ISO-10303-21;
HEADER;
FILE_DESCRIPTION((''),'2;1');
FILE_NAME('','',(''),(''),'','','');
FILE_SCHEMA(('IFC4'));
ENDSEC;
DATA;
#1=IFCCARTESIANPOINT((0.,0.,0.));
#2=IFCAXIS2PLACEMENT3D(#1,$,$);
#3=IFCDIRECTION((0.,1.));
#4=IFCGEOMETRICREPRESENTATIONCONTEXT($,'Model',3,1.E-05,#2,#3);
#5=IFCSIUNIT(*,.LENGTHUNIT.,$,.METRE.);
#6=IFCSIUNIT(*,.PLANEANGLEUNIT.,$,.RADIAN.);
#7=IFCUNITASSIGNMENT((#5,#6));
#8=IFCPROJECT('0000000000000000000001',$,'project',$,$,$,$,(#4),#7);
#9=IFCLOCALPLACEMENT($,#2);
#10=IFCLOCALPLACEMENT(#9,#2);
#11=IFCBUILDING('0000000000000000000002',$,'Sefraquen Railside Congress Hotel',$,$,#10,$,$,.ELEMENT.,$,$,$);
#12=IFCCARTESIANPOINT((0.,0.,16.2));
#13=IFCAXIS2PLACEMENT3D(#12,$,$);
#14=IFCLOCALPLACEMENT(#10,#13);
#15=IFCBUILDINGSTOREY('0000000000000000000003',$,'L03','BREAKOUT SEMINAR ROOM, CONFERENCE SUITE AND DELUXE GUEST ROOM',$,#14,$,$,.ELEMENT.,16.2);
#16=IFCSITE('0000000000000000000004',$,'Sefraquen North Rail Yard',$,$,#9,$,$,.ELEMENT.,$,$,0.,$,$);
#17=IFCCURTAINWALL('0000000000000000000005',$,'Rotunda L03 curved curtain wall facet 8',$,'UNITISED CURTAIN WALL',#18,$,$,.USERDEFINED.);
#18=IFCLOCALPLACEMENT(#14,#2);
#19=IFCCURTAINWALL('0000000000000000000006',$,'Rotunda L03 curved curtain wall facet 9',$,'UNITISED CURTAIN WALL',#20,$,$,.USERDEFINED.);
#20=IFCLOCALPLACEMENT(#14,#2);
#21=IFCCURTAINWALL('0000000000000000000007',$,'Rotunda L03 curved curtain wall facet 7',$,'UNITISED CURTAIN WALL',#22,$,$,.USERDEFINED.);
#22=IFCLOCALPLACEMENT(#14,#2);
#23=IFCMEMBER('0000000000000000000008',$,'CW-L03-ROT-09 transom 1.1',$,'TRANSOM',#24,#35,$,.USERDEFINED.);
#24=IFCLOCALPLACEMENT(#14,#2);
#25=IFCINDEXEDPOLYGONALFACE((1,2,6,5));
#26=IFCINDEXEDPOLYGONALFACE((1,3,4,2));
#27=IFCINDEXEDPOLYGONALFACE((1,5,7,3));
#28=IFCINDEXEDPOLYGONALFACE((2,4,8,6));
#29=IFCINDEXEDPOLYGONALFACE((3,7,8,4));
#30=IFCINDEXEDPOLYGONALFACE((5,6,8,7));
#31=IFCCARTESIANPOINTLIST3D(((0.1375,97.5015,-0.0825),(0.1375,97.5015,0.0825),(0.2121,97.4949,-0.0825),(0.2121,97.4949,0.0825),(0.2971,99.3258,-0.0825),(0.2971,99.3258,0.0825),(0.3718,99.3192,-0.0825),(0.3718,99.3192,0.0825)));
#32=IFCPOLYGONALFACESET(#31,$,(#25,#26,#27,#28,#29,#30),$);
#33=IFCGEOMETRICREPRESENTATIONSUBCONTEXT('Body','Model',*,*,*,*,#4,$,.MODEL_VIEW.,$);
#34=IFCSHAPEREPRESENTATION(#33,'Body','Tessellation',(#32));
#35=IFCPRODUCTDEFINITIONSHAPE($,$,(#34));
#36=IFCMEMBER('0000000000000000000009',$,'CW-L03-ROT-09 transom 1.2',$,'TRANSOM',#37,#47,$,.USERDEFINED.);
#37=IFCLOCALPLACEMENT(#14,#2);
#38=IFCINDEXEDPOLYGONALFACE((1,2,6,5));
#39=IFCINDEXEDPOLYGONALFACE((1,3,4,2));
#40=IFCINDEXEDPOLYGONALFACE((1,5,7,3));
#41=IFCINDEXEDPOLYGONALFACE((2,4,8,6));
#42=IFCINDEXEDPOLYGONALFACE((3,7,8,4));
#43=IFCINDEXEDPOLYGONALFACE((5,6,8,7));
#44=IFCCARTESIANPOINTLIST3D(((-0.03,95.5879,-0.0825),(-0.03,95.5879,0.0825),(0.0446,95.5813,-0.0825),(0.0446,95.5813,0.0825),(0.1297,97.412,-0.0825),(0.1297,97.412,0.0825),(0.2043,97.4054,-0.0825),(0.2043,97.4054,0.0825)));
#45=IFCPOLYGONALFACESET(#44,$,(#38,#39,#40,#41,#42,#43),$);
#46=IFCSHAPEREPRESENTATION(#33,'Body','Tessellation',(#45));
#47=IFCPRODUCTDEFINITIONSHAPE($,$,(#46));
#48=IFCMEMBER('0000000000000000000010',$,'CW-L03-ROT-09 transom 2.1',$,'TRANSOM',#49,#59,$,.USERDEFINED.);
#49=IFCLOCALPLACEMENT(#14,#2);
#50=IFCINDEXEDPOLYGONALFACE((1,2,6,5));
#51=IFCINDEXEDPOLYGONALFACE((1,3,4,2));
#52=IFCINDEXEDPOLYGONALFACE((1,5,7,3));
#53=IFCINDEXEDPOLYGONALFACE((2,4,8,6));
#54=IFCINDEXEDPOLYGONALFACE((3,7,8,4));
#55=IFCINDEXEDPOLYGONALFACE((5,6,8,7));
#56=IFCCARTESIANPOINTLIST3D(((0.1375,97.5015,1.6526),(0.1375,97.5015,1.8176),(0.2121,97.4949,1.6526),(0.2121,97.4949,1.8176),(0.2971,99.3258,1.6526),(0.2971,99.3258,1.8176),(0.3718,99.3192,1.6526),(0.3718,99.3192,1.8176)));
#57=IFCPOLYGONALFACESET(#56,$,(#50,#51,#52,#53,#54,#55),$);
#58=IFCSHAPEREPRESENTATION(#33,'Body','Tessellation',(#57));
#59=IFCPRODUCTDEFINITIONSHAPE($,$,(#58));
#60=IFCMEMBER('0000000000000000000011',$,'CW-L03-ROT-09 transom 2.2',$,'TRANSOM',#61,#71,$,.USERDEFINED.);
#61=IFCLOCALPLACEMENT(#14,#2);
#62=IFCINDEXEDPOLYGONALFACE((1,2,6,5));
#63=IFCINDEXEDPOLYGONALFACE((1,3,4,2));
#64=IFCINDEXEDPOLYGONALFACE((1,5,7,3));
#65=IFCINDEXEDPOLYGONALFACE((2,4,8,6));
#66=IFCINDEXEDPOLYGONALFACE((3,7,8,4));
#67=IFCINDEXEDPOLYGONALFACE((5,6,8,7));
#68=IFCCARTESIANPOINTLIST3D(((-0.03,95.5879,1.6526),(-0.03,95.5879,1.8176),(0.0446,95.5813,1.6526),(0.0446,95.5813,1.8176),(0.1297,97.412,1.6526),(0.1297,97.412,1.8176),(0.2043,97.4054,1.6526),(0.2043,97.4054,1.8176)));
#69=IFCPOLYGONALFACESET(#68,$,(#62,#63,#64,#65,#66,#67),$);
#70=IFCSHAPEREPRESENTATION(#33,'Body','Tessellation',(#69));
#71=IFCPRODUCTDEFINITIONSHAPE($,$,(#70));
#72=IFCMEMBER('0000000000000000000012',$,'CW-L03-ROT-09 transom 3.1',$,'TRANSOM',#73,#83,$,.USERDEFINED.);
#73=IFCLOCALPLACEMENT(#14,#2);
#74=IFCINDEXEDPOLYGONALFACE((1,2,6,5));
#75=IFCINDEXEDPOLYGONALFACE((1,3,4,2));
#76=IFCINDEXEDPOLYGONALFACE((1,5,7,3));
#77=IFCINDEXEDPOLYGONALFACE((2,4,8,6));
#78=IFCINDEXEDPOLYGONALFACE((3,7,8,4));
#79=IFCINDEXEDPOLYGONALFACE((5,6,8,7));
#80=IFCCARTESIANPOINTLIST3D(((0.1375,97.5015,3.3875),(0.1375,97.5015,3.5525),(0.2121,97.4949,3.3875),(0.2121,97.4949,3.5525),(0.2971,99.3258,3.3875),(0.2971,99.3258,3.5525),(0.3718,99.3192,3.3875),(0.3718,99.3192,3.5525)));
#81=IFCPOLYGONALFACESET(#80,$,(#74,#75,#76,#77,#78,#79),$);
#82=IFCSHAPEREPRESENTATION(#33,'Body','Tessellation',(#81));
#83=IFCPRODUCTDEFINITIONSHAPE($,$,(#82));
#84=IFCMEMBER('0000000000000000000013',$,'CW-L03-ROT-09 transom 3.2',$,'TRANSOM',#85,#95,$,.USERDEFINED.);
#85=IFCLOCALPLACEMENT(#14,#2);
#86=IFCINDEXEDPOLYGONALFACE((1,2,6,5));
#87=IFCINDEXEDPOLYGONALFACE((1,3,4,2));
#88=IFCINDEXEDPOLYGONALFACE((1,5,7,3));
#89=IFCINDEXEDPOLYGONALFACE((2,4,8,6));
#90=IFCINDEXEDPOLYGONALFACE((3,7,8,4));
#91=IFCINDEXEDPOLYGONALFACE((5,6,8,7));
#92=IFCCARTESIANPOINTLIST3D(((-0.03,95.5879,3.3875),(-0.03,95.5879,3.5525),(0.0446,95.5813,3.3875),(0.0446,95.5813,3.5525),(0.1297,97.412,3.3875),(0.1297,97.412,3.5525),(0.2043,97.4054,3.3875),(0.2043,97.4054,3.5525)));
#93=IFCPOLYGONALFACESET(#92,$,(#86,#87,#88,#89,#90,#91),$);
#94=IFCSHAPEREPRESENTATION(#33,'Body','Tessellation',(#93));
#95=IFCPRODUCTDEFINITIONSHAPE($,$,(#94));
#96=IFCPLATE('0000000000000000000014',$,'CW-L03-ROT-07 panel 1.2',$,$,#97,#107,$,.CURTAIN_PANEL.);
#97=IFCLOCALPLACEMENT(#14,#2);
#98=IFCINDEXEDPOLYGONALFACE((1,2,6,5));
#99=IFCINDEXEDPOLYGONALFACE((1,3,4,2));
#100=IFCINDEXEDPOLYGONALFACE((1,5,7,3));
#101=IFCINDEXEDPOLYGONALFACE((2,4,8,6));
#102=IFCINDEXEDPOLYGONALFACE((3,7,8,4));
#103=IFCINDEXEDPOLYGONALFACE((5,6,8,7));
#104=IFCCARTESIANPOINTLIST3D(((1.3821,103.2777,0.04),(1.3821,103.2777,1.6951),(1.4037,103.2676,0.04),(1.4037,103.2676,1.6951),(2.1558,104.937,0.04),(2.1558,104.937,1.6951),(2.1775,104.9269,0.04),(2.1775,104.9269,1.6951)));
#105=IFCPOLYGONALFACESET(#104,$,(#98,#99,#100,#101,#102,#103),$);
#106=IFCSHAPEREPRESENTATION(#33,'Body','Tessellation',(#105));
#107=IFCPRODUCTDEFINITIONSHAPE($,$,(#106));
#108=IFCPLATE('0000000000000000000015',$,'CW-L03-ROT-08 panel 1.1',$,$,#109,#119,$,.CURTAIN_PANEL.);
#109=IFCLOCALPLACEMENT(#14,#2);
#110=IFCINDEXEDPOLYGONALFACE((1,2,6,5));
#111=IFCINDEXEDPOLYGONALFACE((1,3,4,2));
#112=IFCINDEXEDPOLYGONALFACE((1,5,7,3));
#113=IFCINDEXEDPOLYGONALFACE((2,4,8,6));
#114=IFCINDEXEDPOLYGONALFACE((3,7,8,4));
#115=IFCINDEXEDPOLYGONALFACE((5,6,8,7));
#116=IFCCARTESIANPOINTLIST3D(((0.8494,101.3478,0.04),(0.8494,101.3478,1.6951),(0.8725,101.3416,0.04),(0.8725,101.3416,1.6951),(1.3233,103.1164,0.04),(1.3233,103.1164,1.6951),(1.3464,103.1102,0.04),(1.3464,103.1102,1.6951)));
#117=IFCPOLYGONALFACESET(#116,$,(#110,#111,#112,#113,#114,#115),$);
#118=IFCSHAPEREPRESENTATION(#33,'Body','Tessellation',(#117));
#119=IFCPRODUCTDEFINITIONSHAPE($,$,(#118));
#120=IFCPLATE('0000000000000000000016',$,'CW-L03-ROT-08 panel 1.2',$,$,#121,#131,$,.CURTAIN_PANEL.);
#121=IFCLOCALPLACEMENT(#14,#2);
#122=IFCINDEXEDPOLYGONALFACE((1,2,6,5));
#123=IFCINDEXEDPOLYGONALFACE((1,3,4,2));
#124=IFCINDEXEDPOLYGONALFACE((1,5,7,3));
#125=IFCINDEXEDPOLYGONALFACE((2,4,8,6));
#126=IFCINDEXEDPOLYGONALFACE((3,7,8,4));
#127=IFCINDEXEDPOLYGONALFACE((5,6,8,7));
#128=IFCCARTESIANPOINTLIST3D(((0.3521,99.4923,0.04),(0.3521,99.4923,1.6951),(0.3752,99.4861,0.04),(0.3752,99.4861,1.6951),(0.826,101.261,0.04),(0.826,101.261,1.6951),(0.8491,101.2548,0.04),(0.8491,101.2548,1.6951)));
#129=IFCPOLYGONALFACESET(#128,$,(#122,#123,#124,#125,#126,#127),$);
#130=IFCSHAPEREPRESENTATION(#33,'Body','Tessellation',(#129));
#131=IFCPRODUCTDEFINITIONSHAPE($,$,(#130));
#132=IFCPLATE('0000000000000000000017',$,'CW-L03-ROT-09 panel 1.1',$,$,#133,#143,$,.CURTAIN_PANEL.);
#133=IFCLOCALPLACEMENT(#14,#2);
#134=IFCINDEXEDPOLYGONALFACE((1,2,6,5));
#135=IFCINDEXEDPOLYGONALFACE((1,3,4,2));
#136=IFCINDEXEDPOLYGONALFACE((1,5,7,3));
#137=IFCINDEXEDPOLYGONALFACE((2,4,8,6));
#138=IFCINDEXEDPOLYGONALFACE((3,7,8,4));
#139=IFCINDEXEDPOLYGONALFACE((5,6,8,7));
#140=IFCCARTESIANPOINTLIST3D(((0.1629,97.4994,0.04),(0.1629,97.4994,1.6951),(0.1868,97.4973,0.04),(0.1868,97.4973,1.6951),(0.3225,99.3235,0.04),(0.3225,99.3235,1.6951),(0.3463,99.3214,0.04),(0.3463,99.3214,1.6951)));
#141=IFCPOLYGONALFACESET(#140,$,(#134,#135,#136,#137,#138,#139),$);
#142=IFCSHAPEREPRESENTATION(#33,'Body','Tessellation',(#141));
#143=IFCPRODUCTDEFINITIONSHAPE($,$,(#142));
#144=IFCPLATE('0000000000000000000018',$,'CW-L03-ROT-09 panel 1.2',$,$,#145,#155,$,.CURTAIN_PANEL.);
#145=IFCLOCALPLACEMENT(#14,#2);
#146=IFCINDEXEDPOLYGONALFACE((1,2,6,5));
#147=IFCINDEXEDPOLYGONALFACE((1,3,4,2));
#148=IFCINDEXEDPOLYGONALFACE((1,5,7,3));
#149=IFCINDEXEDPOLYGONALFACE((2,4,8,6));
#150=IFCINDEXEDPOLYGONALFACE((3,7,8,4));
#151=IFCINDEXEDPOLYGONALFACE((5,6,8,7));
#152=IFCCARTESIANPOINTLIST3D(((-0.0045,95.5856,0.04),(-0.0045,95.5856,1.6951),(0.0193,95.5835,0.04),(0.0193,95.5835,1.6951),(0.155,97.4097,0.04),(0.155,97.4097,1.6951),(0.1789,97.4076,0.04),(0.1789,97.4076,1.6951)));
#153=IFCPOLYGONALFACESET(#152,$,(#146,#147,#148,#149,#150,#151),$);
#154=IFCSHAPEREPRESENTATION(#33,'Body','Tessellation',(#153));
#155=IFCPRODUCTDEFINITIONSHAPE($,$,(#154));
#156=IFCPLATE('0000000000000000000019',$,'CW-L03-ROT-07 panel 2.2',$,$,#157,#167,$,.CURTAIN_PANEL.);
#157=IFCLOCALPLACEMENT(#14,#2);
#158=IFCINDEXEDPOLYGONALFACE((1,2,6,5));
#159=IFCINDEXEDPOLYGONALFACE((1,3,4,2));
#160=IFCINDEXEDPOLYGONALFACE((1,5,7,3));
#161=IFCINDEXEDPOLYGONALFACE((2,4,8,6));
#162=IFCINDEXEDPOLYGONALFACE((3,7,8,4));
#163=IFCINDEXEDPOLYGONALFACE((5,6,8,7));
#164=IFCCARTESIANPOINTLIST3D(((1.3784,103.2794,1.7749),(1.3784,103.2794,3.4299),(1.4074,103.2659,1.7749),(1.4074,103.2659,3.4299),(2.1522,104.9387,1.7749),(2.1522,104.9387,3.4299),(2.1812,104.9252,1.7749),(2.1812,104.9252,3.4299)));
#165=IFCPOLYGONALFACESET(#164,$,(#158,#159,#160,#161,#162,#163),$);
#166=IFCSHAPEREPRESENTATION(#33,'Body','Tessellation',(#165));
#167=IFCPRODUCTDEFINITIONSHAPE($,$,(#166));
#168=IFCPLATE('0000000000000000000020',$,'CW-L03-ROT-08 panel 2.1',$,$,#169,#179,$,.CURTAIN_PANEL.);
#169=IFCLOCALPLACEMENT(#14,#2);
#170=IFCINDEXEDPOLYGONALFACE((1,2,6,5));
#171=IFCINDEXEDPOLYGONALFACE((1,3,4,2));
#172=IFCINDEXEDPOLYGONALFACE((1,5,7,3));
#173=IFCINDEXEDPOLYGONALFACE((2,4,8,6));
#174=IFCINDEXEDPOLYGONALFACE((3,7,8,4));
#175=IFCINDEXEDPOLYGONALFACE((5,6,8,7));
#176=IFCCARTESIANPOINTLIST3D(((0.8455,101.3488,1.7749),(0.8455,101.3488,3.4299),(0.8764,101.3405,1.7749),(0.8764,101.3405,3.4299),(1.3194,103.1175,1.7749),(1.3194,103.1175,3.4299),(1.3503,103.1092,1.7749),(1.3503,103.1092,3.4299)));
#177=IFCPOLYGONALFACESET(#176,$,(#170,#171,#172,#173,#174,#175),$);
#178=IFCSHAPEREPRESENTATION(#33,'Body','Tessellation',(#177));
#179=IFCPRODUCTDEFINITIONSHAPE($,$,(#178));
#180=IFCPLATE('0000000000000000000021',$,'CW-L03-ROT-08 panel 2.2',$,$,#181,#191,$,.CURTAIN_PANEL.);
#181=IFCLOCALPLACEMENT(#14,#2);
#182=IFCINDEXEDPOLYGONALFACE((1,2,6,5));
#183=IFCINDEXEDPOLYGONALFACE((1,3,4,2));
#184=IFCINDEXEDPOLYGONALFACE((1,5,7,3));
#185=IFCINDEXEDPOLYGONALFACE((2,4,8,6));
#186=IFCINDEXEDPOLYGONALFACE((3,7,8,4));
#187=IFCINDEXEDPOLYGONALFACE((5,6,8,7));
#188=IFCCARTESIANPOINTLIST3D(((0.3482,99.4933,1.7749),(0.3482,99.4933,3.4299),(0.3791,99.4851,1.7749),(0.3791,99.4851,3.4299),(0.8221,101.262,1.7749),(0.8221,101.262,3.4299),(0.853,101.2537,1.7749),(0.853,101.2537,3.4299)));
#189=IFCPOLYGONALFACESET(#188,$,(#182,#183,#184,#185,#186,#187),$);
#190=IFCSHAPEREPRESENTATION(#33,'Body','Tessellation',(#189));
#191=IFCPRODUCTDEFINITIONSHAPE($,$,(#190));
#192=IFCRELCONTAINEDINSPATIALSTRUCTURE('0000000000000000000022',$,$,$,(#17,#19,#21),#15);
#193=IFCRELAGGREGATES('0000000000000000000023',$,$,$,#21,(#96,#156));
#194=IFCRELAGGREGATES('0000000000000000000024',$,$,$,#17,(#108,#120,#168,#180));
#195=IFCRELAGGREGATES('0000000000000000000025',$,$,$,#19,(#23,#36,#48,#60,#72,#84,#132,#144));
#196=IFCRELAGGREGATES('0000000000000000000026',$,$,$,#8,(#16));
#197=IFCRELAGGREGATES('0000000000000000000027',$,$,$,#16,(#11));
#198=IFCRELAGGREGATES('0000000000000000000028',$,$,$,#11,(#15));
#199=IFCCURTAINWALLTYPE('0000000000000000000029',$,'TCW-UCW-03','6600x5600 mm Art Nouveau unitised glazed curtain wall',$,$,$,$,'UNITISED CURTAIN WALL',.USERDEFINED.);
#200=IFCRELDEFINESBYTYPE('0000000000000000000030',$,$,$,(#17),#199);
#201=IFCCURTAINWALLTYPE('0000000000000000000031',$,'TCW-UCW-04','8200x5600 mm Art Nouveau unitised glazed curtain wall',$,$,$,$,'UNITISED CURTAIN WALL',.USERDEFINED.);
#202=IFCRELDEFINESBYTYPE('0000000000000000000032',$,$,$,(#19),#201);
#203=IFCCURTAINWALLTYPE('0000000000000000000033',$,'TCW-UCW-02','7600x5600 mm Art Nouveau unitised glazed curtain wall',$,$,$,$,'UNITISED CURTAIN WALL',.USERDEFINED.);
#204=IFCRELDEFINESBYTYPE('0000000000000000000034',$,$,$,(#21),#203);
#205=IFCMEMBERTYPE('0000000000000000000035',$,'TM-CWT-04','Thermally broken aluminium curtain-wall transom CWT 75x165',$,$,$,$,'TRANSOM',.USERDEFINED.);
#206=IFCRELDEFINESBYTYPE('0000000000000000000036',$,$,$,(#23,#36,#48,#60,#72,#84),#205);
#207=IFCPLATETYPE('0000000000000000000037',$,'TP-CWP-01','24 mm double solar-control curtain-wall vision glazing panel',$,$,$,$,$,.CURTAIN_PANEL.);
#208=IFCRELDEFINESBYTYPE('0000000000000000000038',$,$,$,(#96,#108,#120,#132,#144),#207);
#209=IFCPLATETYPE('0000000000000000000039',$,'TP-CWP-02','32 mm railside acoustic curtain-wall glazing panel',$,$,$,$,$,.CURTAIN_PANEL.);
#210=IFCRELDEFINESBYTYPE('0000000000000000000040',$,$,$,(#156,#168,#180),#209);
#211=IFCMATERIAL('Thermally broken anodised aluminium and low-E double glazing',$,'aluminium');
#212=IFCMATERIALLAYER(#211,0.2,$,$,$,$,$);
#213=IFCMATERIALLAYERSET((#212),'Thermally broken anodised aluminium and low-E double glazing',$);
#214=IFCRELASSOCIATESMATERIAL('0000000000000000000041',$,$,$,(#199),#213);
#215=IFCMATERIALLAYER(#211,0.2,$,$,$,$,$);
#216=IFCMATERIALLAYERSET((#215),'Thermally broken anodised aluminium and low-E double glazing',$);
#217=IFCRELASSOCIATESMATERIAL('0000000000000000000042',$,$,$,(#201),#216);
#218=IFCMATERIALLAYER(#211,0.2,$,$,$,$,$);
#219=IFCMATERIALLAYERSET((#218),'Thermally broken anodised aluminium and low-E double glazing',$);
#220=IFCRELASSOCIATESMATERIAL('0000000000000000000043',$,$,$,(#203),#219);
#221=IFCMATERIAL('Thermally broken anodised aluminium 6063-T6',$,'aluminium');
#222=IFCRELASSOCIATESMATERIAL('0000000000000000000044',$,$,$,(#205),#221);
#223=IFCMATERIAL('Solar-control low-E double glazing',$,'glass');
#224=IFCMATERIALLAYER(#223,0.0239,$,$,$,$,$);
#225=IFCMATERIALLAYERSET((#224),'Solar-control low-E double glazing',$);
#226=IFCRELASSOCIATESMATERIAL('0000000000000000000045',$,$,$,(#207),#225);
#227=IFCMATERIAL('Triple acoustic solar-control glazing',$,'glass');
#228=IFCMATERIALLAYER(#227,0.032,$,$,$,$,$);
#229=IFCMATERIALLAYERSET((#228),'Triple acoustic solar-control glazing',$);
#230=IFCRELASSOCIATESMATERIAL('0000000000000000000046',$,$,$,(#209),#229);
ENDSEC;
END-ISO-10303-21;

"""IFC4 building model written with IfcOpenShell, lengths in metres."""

from ifc_helpers import new_model, si_unit, direction, frame, origin, origin_2d, place, context, subcontext, project, spatial, rectangle, extrude, material, layer, layer_set, material_profile, profile_set, type_object, element, aggregate, save


model = new_model("IFC4")

# Units and contexts
model_context = context("Model", 3, precision=1e-05, world=origin(), true_north=direction((0.0, 1.0)))
body_context = subcontext(model_context, "Body", "Model", "MODEL_VIEW")
ifc_project = project(units=[si_unit("LENGTHUNIT", "METRE"), si_unit("PLANEANGLEUNIT", "RADIAN")], contexts=[model_context])

# Site, building, storey
site_placement = place(None, origin())
site = spatial("IfcSite", under=ifc_project, at=site_placement, Name="Sefraquen North Rail Yard", CompositionType="ELEMENT", RefElevation=0.0)
building_placement = place(site_placement, origin())
building = spatial("IfcBuilding", under=site, at=building_placement, Name="Sefraquen Railside Congress Hotel", CompositionType="ELEMENT")
storey_placement = place(building_placement, frame((0.0, 0.0, 16.2)))
storey = spatial("IfcBuildingStorey", under=building, at=storey_placement, Name="L03", Description="BREAKOUT SEMINAR ROOM, CONFERENCE SUITE AND DELUXE GUEST ROOM", CompositionType="ELEMENT", Elevation=16.2)

# Curtain walls
ifc_material_1 = material(Name="Thermally broken anodised aluminium and low-E double glazing", Category="aluminium")
ifc_layer_1 = layer(ifc_material_1, 0.2)
ifc_layer_set_1 = layer_set([ifc_layer_1], Name="Thermally broken anodised aluminium and low-E double glazing")
curtain_wall_type_1 = type_object("IfcCurtainWallType", Name="TCW-UCW-03", Description="6600x5600 mm Art Nouveau unitised glazed curtain wall", ElementType="UNITISED CURTAIN WALL", PredefinedType="USERDEFINED", material=ifc_layer_set_1)
curtain_wall_1_placement = place(storey_placement, origin())
curtain_wall_1 = element("IfcCurtainWall", 1, at=curtain_wall_1_placement, inside=storey, type_object=curtain_wall_type_1, Name="Rotunda L03 curved curtain wall facet 8", ObjectType="UNITISED CURTAIN WALL", PredefinedType="USERDEFINED")
ifc_material_2 = material(Name="Thermally broken anodised aluminium 6063-T6", Category="aluminium")
ifc_layer_2 = layer(ifc_material_1, 0.2)
ifc_layer_set_2 = layer_set([ifc_layer_2], Name="Thermally broken anodised aluminium and low-E double glazing")
curtain_wall_type_2 = type_object("IfcCurtainWallType", Name="TCW-UCW-04", Description="8200x5600 mm Art Nouveau unitised glazed curtain wall", ElementType="UNITISED CURTAIN WALL", PredefinedType="USERDEFINED", material=ifc_layer_set_2)
curtain_wall_2_placement = place(storey_placement, origin())
curtain_wall_2 = element("IfcCurtainWall", 2, at=curtain_wall_2_placement, inside=storey, type_object=curtain_wall_type_2, Name="Rotunda L03 curved curtain wall facet 9", ObjectType="UNITISED CURTAIN WALL", PredefinedType="USERDEFINED")
ifc_layer_3 = layer(ifc_material_1, 0.2)
ifc_layer_set_3 = layer_set([ifc_layer_3], Name="Thermally broken anodised aluminium and low-E double glazing")
curtain_wall_type_3 = type_object("IfcCurtainWallType", Name="TCW-UCW-02", Description="7600x5600 mm Art Nouveau unitised glazed curtain wall", ElementType="UNITISED CURTAIN WALL", PredefinedType="USERDEFINED", material=ifc_layer_set_3)
curtain_wall_3_placement = place(storey_placement, origin())
curtain_wall_3 = element("IfcCurtainWall", 3, at=curtain_wall_3_placement, inside=storey, type_object=curtain_wall_type_3, Name="Rotunda L03 curved curtain wall facet 7", ObjectType="UNITISED CURTAIN WALL", PredefinedType="USERDEFINED")

# Members
ifc_material_profile_1 = material_profile(ifc_material_2, rectangle(XDim=0.075, YDim=0.165, at=origin_2d()), Name="CWT 75x165")
ifc_profile_set_1 = profile_set([ifc_material_profile_1], Name="Thermally broken anodised aluminium 6063-T6")
member_type_1 = type_object("IfcMemberType", Name="TM-CWT-04", Description="Thermally broken aluminium curtain-wall transom CWT 75x165", ElementType="TRANSOM", PredefinedType="USERDEFINED", material=ifc_profile_set_1)
member_1_placement = place(storey_placement, frame((0.3345, 99.3225, 0.0), z_axis=(-0.087193, -0.996191, 0.0), x_axis=(0.996191, -0.087193, 0.0)))
member_1 = element("IfcMember", 4, at=member_1_placement, type_object=member_type_1, Name="CW-L03-ROT-09 transom 1.1", ObjectType="TRANSOM", PredefinedType="USERDEFINED", context=body_context, shape_type="SweptSolid", body=[
    extrude(rectangle(XDim=0.075, YDim=0.165, at=origin_2d()), origin(), (0.0, 0.0, 1.0), 1.8313),
])
member_2_placement = place(storey_placement, frame((0.167, 97.4087, 0.0), z_axis=(-0.087205, -0.99619, 0.0), x_axis=(0.99619, -0.087205, 0.0)))
member_2 = element("IfcMember", 5, at=member_2_placement, type_object=member_type_1, Name="CW-L03-ROT-09 transom 1.2", ObjectType="TRANSOM", PredefinedType="USERDEFINED", context=body_context, shape_type="SweptSolid", body=[
    extrude(rectangle(XDim=0.075, YDim=0.165, at=origin_2d()), origin(), (0.0, 0.0, 1.0), 1.8311),
])
member_3_placement = place(storey_placement, frame((0.3345, 99.3225, 1.7351), z_axis=(-0.087193, -0.996191, 0.0), x_axis=(0.996191, -0.087193, 0.0)))
member_3 = element("IfcMember", 6, at=member_3_placement, type_object=member_type_1, Name="CW-L03-ROT-09 transom 2.1", ObjectType="TRANSOM", PredefinedType="USERDEFINED", context=body_context, shape_type="SweptSolid", body=[
    extrude(rectangle(XDim=0.075, YDim=0.165, at=origin_2d()), origin(), (0.0, 0.0, 1.0), 1.8313),
])
member_4_placement = place(storey_placement, frame((0.167, 97.4087, 1.7351), z_axis=(-0.087205, -0.99619, 0.0), x_axis=(0.99619, -0.087205, 0.0)))
member_4 = element("IfcMember", 7, at=member_4_placement, type_object=member_type_1, Name="CW-L03-ROT-09 transom 2.2", ObjectType="TRANSOM", PredefinedType="USERDEFINED", context=body_context, shape_type="SweptSolid", body=[
    extrude(rectangle(XDim=0.075, YDim=0.165, at=origin_2d()), origin(), (0.0, 0.0, 1.0), 1.8311),
])
member_5_placement = place(storey_placement, frame((0.3345, 99.3225, 3.47), z_axis=(-0.087193, -0.996191, 0.0), x_axis=(0.996191, -0.087193, 0.0)))
member_5 = element("IfcMember", 8, at=member_5_placement, type_object=member_type_1, Name="CW-L03-ROT-09 transom 3.1", ObjectType="TRANSOM", PredefinedType="USERDEFINED", context=body_context, shape_type="SweptSolid", body=[
    extrude(rectangle(XDim=0.075, YDim=0.165, at=origin_2d()), origin(), (0.0, 0.0, 1.0), 1.8313),
])
member_6_placement = place(storey_placement, frame((0.167, 97.4087, 3.47), z_axis=(-0.087205, -0.99619, 0.0), x_axis=(0.99619, -0.087205, 0.0)))
member_6 = element("IfcMember", 9, at=member_6_placement, type_object=member_type_1, Name="CW-L03-ROT-09 transom 3.2", ObjectType="TRANSOM", PredefinedType="USERDEFINED", context=body_context, shape_type="SweptSolid", body=[
    extrude(rectangle(XDim=0.075, YDim=0.165, at=origin_2d()), origin(), (0.0, 0.0, 1.0), 1.8311),
])

# Plates
ifc_material_3 = material(Name="Solar-control low-E double glazing", Category="glass")
ifc_layer_4 = layer(ifc_material_3, 0.0239)
ifc_layer_set_4 = layer_set([ifc_layer_4], Name="Solar-control low-E double glazing")
plate_type_1 = type_object("IfcPlateType", Name="TP-CWP-01", Description="24 mm double solar-control curtain-wall vision glazing panel", PredefinedType="CURTAIN_PANEL", material=ifc_layer_set_4)
plate_1_placement = place(storey_placement, frame((1.7798, 104.1023, 0.04), z_axis=(0.0, 0.0, 1.0), x_axis=(-0.422634, -0.9063, 0.0)))
plate_1 = element("IfcPlate", 10, at=plate_1_placement, type_object=plate_type_1, Name="CW-L03-ROT-07 panel 1.2", PredefinedType="CURTAIN_PANEL", context=body_context, shape_type="SweptSolid", body=[
    extrude(rectangle(XDim=1.8308, YDim=0.0239, at=origin_2d()), origin(), (0.0, 0.0, 1.0), 1.655),
])
plate_2_placement = place(storey_placement, frame((1.0979, 102.229, 0.04), z_axis=(0.0, 0.0, 1.0), x_axis=(-0.258785, -0.965935, 0.0)))
plate_2 = element("IfcPlate", 11, at=plate_2_placement, type_object=plate_type_1, Name="CW-L03-ROT-08 panel 1.1", PredefinedType="CURTAIN_PANEL", context=body_context, shape_type="SweptSolid", body=[
    extrude(rectangle(XDim=1.8311, YDim=0.0239, at=origin_2d()), origin(), (0.0, 0.0, 1.0), 1.655),
])
plate_3_placement = place(storey_placement, frame((0.6006, 100.3735, 0.04), z_axis=(0.0, 0.0, 1.0), x_axis=(-0.258785, -0.965935, 0.0)))
plate_3 = element("IfcPlate", 12, at=plate_3_placement, type_object=plate_type_1, Name="CW-L03-ROT-08 panel 1.2", PredefinedType="CURTAIN_PANEL", context=body_context, shape_type="SweptSolid", body=[
    extrude(rectangle(XDim=1.8311, YDim=0.0239, at=origin_2d()), origin(), (0.0, 0.0, 1.0), 1.655),
])
plate_4_placement = place(storey_placement, frame((0.2546, 98.4104, 0.04), z_axis=(0.0, 0.0, 1.0), x_axis=(-0.087138, -0.996196, 0.0)))
plate_4 = element("IfcPlate", 13, at=plate_4_placement, type_object=plate_type_1, Name="CW-L03-ROT-09 panel 1.1", PredefinedType="CURTAIN_PANEL", context=body_context, shape_type="SweptSolid", body=[
    extrude(rectangle(XDim=1.8311, YDim=0.0239, at=origin_2d()), origin(), (0.0, 0.0, 1.0), 1.655),
])
plate_5_placement = place(storey_placement, frame((0.0872, 96.4966, 0.04), z_axis=(0.0, 0.0, 1.0), x_axis=(-0.087138, -0.996196, 0.0)))
plate_5 = element("IfcPlate", 14, at=plate_5_placement, type_object=plate_type_1, Name="CW-L03-ROT-09 panel 1.2", PredefinedType="CURTAIN_PANEL", context=body_context, shape_type="SweptSolid", body=[
    extrude(rectangle(XDim=1.8311, YDim=0.0239, at=origin_2d()), origin(), (0.0, 0.0, 1.0), 1.655),
])
ifc_material_4 = material(Name="Triple acoustic solar-control glazing", Category="glass")
ifc_layer_5 = layer(ifc_material_4, 0.032)
ifc_layer_set_5 = layer_set([ifc_layer_5], Name="Triple acoustic solar-control glazing")
plate_type_2 = type_object("IfcPlateType", Name="TP-CWP-02", Description="32 mm railside acoustic curtain-wall glazing panel", PredefinedType="CURTAIN_PANEL", material=ifc_layer_set_5)
plate_6_placement = place(storey_placement, frame((1.7798, 104.1023, 1.7749), z_axis=(0.0, 0.0, 1.0), x_axis=(-0.422634, -0.9063, 0.0)))
plate_6 = element("IfcPlate", 15, at=plate_6_placement, type_object=plate_type_2, Name="CW-L03-ROT-07 panel 2.2", PredefinedType="CURTAIN_PANEL", context=body_context, shape_type="SweptSolid", body=[
    extrude(rectangle(XDim=1.8308, YDim=0.032, at=origin_2d()), origin(), (0.0, 0.0, 1.0), 1.655),
])
aggregate(curtain_wall_3, [plate_1, plate_6])
plate_7_placement = place(storey_placement, frame((1.0979, 102.229, 1.7749), z_axis=(0.0, 0.0, 1.0), x_axis=(-0.258785, -0.965935, 0.0)))
plate_7 = element("IfcPlate", 16, at=plate_7_placement, type_object=plate_type_2, Name="CW-L03-ROT-08 panel 2.1", PredefinedType="CURTAIN_PANEL", context=body_context, shape_type="SweptSolid", body=[
    extrude(rectangle(XDim=1.8311, YDim=0.032, at=origin_2d()), origin(), (0.0, 0.0, 1.0), 1.655),
])
plate_8_placement = place(storey_placement, frame((0.6006, 100.3735, 1.7749), z_axis=(0.0, 0.0, 1.0), x_axis=(-0.258785, -0.965935, 0.0)))
plate_8 = element("IfcPlate", 17, at=plate_8_placement, type_object=plate_type_2, Name="CW-L03-ROT-08 panel 2.2", PredefinedType="CURTAIN_PANEL", context=body_context, shape_type="SweptSolid", body=[
    extrude(rectangle(XDim=1.8311, YDim=0.032, at=origin_2d()), origin(), (0.0, 0.0, 1.0), 1.655),
])
aggregate(curtain_wall_1, [plate_2, plate_3, plate_7, plate_8])
aggregate(curtain_wall_2, [member_1, member_2, member_3, member_4, member_5, member_6, plate_4, plate_5])

save(model, "model.ifc")
